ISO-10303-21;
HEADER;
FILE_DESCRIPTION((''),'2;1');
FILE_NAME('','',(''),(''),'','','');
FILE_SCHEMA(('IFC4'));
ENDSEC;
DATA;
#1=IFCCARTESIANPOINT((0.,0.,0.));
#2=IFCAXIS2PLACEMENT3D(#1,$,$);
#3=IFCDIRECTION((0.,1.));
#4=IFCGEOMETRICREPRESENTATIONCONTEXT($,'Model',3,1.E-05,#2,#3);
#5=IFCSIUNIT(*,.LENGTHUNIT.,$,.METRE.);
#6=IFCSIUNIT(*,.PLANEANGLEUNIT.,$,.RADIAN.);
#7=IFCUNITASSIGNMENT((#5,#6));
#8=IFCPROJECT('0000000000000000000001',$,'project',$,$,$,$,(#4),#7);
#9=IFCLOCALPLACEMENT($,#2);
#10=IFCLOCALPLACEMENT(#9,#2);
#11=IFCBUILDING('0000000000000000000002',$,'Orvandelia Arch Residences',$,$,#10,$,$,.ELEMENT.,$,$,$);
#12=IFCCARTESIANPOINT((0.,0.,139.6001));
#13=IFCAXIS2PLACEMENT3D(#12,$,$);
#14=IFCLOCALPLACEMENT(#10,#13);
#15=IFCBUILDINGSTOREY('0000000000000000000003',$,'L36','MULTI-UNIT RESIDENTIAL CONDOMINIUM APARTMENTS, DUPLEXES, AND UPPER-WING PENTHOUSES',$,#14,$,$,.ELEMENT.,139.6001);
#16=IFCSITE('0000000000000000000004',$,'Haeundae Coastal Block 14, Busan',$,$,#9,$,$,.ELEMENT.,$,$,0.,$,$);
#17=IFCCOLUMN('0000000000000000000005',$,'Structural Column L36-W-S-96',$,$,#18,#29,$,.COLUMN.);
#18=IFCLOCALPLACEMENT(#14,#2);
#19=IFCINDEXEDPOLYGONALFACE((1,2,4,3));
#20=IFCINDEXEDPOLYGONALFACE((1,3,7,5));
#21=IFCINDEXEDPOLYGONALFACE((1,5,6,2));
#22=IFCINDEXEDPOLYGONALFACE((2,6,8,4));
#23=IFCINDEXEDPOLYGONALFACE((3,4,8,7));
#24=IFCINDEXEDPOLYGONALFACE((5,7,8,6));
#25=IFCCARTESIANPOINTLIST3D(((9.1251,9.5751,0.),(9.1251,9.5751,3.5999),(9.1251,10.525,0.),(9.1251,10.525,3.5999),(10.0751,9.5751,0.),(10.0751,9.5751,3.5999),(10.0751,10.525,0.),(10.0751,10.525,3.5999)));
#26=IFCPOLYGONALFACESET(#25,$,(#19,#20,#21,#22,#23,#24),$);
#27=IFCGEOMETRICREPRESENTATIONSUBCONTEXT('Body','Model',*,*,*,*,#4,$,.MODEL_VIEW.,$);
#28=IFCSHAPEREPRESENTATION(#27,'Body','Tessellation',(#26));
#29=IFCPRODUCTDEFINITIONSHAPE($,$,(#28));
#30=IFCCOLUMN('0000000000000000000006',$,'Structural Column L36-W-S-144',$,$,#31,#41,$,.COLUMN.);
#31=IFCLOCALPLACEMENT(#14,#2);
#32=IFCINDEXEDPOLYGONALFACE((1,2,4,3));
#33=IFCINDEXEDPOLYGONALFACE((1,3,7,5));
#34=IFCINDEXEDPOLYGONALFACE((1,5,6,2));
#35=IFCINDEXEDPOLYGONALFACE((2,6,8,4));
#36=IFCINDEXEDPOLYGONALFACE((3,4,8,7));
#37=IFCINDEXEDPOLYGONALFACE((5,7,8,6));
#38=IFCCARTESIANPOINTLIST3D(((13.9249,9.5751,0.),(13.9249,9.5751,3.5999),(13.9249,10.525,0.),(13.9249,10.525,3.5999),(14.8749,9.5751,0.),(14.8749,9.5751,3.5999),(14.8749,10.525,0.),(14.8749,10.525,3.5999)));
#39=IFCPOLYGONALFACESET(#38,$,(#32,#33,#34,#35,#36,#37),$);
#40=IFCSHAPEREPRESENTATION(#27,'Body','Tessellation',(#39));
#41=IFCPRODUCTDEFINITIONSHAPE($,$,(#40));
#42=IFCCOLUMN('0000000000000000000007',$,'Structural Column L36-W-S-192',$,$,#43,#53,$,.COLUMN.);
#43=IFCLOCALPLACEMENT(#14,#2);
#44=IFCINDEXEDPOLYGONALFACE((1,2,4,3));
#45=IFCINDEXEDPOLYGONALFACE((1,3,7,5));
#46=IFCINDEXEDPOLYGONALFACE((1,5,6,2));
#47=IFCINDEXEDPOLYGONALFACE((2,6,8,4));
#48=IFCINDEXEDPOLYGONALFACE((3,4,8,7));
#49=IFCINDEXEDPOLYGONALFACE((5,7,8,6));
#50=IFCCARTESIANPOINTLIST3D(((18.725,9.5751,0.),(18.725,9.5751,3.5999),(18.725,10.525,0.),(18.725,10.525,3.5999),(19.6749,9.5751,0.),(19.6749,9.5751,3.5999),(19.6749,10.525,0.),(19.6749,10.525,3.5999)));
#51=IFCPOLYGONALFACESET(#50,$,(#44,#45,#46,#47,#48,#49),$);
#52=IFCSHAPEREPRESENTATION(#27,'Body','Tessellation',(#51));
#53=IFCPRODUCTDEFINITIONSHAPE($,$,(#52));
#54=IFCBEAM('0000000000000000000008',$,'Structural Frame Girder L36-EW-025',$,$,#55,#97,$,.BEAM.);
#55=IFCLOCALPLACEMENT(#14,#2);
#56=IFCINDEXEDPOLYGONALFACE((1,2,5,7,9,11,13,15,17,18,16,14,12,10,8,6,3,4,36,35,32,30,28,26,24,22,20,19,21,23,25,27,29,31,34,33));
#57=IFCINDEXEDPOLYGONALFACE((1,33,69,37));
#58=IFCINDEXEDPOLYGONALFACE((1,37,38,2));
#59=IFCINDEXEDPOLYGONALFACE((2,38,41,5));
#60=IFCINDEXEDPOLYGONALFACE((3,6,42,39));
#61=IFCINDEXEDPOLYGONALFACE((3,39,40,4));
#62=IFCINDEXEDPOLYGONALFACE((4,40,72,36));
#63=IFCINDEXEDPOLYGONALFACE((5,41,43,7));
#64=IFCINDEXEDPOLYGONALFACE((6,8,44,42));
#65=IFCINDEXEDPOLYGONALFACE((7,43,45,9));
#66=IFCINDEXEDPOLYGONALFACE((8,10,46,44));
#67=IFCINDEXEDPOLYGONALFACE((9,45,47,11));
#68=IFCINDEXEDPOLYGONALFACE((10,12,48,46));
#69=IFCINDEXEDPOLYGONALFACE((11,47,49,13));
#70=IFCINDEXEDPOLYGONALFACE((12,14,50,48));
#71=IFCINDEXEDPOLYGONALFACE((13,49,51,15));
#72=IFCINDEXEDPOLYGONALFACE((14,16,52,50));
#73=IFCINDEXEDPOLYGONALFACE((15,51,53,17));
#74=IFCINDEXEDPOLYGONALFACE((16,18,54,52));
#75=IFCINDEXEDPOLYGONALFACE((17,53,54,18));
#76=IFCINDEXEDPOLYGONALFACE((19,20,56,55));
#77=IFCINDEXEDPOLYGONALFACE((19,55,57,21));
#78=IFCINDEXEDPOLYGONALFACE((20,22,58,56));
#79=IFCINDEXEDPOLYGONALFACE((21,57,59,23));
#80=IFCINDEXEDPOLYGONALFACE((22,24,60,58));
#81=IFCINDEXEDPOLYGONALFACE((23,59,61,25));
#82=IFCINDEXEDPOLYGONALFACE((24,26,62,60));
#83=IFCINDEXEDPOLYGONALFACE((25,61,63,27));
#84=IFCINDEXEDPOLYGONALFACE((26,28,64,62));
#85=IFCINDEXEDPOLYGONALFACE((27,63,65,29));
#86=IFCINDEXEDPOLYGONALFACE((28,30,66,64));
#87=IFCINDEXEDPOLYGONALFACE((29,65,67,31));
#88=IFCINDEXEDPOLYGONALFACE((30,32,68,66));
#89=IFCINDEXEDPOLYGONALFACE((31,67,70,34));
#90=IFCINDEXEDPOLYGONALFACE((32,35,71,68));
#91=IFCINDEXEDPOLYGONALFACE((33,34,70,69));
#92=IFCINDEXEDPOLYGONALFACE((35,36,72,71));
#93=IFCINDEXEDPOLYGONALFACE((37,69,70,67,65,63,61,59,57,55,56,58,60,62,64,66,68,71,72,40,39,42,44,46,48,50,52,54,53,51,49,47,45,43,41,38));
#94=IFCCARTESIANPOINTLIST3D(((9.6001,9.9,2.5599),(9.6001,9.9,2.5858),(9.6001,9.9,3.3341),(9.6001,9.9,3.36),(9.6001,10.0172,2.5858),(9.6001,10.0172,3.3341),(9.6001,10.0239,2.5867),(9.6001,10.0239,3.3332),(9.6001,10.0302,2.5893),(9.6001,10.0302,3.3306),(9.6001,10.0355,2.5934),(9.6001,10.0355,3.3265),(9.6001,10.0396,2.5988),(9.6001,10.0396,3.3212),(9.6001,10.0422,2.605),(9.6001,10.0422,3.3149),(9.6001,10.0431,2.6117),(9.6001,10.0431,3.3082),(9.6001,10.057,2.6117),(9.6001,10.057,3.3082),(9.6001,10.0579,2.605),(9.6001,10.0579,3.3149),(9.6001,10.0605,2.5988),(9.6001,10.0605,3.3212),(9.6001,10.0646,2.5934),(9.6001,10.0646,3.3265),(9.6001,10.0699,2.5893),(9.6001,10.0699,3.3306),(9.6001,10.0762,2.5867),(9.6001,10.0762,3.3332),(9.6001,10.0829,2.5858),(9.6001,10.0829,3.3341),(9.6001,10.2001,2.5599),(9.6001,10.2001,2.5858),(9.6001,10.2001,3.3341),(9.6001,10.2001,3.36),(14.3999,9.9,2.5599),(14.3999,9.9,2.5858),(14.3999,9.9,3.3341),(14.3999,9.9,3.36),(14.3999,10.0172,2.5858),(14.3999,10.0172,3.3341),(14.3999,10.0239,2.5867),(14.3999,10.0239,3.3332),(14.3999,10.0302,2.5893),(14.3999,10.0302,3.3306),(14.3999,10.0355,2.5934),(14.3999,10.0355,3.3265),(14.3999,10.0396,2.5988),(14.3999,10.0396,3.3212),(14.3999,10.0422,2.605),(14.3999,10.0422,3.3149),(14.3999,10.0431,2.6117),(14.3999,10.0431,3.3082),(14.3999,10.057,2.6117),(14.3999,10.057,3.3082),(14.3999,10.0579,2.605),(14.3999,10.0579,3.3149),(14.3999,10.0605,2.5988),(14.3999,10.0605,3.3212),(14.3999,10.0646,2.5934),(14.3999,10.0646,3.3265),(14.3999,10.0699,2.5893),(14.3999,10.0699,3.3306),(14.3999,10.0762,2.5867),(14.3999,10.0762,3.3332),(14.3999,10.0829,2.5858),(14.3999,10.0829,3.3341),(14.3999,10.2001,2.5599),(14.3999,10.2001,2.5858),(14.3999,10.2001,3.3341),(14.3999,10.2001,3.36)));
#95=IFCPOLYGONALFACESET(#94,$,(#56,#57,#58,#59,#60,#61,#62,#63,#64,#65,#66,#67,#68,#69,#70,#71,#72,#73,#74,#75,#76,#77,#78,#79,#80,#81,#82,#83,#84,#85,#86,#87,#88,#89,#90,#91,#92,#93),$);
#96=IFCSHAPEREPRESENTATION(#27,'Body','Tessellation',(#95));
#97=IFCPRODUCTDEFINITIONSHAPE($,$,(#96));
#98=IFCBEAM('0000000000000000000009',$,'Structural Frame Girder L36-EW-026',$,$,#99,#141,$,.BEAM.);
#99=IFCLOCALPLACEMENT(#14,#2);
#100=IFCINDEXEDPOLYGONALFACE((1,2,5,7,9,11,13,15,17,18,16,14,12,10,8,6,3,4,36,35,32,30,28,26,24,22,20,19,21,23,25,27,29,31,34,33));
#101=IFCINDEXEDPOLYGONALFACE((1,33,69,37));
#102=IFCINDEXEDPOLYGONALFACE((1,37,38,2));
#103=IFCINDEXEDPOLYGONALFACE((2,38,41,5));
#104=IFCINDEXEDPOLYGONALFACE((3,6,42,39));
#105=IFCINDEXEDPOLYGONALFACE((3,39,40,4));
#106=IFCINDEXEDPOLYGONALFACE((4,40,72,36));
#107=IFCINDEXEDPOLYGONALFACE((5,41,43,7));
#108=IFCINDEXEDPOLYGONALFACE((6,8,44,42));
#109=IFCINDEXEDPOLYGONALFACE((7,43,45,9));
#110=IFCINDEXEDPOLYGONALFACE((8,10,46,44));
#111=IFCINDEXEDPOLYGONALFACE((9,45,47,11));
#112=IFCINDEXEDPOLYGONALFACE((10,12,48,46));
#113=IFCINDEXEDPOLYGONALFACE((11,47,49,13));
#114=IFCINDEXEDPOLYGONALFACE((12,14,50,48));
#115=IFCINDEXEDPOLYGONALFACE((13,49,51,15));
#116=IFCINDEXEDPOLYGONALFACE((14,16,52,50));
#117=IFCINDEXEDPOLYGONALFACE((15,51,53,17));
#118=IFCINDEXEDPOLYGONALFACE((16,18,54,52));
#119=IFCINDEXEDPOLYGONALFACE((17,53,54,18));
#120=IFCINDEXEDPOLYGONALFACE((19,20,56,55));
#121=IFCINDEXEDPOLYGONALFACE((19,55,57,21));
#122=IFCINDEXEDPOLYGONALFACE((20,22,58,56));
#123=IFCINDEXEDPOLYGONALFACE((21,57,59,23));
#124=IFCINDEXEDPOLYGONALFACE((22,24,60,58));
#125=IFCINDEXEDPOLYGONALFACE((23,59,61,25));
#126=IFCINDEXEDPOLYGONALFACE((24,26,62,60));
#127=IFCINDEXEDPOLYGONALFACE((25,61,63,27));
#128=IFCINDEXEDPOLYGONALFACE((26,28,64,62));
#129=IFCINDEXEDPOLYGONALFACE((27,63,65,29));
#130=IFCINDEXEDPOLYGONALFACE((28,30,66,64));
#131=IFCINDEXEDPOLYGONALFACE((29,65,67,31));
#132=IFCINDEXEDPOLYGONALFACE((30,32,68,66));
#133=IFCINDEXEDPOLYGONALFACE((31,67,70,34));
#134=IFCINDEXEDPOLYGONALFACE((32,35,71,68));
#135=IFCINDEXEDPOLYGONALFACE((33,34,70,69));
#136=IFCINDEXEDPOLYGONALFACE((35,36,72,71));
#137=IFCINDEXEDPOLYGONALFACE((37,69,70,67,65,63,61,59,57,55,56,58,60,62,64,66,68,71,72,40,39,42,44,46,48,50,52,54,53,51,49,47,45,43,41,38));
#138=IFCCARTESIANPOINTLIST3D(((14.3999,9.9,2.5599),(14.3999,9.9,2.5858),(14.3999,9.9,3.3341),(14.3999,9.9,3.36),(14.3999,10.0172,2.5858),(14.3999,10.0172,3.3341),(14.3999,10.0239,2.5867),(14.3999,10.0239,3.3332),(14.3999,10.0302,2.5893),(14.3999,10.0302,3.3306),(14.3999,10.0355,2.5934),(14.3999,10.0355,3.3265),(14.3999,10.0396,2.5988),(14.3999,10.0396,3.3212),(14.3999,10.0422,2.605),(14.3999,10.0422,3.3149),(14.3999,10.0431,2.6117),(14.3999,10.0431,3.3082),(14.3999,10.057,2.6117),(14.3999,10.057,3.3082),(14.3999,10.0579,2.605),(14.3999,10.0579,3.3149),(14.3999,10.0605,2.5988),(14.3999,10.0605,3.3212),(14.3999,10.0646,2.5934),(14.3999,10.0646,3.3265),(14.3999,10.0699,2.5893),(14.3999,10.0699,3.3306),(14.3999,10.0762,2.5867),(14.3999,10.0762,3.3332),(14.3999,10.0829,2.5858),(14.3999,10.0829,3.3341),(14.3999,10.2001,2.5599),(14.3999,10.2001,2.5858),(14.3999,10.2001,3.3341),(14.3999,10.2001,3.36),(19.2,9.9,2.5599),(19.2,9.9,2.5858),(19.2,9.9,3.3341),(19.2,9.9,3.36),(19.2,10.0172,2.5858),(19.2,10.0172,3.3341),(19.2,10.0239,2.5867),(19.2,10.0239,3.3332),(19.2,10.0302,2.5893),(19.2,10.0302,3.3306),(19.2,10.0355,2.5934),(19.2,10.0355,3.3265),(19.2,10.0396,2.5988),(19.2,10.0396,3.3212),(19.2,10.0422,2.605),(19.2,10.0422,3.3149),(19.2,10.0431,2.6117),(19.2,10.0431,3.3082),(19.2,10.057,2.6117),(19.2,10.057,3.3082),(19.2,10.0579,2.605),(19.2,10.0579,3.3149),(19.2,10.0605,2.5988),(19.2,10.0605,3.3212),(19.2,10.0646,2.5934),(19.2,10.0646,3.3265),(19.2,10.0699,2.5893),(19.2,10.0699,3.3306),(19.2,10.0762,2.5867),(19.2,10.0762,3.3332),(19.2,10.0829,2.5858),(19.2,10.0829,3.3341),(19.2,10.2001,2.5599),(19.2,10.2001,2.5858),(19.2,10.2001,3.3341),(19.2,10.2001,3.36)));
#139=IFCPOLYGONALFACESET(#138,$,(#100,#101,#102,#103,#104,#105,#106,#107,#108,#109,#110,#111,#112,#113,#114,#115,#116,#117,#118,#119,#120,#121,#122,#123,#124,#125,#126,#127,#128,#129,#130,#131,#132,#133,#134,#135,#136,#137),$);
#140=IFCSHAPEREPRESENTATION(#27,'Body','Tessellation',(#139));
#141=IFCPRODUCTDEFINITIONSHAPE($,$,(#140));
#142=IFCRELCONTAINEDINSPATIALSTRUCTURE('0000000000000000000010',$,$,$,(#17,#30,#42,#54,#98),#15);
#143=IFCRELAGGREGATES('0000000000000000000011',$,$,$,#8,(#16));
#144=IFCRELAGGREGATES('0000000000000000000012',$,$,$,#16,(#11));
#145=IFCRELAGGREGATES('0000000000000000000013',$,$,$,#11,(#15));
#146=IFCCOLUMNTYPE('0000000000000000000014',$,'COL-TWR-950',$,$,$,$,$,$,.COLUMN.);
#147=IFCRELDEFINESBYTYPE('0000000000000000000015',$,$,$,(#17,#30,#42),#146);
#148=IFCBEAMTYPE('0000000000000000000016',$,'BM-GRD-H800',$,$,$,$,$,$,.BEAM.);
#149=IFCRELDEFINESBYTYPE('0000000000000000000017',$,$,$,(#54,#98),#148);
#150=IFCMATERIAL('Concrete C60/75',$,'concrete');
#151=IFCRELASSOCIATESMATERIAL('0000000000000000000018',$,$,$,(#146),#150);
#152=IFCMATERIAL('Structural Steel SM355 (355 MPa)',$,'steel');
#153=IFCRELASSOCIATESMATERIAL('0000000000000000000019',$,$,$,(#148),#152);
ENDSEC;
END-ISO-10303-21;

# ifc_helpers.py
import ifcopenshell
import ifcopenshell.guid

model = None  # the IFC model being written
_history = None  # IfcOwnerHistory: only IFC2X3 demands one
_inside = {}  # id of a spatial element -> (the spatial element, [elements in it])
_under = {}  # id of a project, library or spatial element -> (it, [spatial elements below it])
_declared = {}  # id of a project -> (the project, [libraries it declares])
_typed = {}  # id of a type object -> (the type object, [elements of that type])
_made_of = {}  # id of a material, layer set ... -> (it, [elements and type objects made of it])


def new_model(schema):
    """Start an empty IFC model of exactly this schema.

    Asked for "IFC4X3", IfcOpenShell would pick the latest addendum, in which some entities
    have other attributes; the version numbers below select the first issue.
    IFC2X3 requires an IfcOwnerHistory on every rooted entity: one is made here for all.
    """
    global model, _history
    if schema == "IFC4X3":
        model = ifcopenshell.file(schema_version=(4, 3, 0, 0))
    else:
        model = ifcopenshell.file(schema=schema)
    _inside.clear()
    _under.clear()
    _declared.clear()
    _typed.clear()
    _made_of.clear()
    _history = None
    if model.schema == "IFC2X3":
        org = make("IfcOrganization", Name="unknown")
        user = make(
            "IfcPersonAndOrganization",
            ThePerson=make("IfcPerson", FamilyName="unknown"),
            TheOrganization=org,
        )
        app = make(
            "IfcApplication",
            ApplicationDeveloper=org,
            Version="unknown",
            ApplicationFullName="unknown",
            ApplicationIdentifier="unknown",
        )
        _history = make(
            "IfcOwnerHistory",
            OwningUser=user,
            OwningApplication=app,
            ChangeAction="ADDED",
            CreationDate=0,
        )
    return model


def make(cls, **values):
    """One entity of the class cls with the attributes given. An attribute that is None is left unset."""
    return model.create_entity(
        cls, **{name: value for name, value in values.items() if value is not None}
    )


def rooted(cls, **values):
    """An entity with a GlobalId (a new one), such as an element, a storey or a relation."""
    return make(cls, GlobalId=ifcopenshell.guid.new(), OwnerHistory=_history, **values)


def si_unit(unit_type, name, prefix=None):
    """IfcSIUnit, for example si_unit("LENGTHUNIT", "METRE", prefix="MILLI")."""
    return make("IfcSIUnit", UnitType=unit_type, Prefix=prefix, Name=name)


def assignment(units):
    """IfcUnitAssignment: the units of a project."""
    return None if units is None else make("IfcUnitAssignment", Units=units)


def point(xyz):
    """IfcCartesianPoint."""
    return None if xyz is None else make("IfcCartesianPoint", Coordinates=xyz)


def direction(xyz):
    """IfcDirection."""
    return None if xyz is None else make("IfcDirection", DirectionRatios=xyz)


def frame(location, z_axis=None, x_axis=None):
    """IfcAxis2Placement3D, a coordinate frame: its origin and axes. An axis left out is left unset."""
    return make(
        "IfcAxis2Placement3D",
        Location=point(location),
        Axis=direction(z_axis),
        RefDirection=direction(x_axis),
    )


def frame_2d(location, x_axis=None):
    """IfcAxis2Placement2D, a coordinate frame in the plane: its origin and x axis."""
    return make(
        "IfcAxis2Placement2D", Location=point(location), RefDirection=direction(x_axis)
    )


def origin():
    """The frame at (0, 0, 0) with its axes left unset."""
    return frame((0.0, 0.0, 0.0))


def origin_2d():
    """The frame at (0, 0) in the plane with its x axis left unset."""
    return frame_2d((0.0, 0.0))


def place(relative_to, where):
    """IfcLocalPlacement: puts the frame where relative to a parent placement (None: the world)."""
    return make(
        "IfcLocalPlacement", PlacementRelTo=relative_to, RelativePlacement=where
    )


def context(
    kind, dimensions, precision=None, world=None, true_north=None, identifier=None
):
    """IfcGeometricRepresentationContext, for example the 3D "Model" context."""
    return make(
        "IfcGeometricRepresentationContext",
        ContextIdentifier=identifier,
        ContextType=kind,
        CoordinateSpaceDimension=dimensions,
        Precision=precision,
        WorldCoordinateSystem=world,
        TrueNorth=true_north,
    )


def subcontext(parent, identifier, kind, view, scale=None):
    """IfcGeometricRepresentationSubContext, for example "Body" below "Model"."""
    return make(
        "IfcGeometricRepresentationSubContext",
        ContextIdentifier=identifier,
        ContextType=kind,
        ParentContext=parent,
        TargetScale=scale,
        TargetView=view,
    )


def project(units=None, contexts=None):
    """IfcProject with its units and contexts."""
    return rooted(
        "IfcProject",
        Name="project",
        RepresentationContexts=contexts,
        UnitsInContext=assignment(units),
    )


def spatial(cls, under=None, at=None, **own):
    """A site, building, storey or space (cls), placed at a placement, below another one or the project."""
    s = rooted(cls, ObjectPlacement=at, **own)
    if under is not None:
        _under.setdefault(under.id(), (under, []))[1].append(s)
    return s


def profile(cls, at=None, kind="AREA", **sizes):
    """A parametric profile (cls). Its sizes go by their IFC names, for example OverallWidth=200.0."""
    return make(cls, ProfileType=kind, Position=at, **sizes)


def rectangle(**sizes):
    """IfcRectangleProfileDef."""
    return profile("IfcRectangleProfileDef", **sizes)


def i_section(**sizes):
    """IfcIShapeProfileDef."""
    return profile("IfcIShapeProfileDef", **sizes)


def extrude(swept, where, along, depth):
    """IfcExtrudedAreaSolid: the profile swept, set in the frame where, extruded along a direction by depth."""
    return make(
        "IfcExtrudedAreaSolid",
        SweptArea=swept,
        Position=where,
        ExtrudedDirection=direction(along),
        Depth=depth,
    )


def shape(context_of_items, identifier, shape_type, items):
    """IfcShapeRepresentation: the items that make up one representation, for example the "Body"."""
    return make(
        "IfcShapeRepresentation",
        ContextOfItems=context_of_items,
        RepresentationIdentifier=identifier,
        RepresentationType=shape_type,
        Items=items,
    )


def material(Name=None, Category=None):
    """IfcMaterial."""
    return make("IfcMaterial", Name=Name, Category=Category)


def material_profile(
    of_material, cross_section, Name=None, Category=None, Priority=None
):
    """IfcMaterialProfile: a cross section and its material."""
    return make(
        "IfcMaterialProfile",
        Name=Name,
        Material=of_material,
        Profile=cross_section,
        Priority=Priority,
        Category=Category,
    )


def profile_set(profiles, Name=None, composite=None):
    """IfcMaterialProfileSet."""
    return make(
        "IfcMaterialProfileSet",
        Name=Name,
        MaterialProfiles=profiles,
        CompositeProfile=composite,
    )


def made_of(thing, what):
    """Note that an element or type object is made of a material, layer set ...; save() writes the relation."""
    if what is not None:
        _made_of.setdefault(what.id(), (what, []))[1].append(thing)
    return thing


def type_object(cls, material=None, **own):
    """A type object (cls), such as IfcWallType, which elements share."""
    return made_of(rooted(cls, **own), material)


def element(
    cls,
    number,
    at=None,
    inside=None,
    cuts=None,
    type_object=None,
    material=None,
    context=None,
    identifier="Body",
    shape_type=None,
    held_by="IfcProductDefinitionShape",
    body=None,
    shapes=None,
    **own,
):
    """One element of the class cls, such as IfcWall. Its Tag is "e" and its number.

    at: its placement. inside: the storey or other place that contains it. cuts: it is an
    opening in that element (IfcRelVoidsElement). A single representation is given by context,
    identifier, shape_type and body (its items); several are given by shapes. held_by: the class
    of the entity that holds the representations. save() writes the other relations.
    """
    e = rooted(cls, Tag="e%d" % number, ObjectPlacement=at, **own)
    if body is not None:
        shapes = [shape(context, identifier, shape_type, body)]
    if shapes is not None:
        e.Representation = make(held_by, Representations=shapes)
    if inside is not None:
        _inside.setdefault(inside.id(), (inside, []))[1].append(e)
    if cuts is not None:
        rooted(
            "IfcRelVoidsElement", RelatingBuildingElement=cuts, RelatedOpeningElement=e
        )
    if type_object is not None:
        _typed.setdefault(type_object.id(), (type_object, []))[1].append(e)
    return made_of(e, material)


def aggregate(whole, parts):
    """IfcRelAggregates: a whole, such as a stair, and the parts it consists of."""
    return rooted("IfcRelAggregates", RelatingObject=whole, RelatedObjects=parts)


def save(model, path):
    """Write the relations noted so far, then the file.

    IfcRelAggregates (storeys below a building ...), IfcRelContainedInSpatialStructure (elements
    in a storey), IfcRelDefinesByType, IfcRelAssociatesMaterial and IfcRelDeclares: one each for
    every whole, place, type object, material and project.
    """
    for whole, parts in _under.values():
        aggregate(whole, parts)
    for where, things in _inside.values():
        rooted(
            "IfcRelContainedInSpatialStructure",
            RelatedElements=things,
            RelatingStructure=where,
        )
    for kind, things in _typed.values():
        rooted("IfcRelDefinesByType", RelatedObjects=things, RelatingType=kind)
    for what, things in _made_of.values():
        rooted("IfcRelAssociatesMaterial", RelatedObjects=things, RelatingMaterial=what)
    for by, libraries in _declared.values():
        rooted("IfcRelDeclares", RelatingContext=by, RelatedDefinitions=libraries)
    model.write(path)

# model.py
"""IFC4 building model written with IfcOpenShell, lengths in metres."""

from ifc_helpers import new_model, si_unit, direction, frame, origin, origin_2d, place, context, subcontext, project, spatial, rectangle, i_section, extrude, material, material_profile, profile_set, type_object, element, save


model = new_model("IFC4")

# Units and contexts
model_context = context("Model", 3, precision=1e-05, world=origin(), true_north=direction((0.0, 1.0)))
body_context = subcontext(model_context, "Body", "Model", "MODEL_VIEW")
ifc_project = project(units=[si_unit("LENGTHUNIT", "METRE"), si_unit("PLANEANGLEUNIT", "RADIAN")], contexts=[model_context])

# Site, building, storey
site_placement = place(None, origin())
site = spatial("IfcSite", under=ifc_project, at=site_placement, Name="Haeundae Coastal Block 14, Busan", CompositionType="ELEMENT", RefElevation=0.0)
building_placement = place(site_placement, origin())
building = spatial("IfcBuilding", under=site, at=building_placement, Name="Orvandelia Arch Residences", CompositionType="ELEMENT")
storey_placement = place(building_placement, frame((0.0, 0.0, 139.6001)))
storey = spatial("IfcBuildingStorey", under=building, at=storey_placement, Name="L36", Description="MULTI-UNIT RESIDENTIAL CONDOMINIUM APARTMENTS, DUPLEXES, AND UPPER-WING PENTHOUSES", CompositionType="ELEMENT", Elevation=139.6001)

# Columns
ifc_material_1 = material(Name="Concrete C60/75", Category="concrete")
ifc_material_profile_1 = material_profile(ifc_material_1, rectangle(XDim=0.95, YDim=0.95, at=origin_2d()), Name="Concrete C60/75", Category="concrete")
ifc_profile_set_1 = profile_set([ifc_material_profile_1], Name="Concrete C60/75")
column_type = type_object("IfcColumnType", Name="COL-TWR-950", PredefinedType="COLUMN", material=ifc_profile_set_1)
for number, where, z_axis, x_axis, name in (
    (1, (9.6001, 10.05, 0.0), (0.0, 0.0, 1.0), (1.0, 0.0, 0.0), "Structural Column L36-W-S-96"),
    (2, (14.3999, 10.05, 0.0), (0.0, 0.0, 1.0), (1.0, 0.0, 0.0), "Structural Column L36-W-S-144"),
    (3, (19.2, 10.05, 0.0), (0.0, 0.0, 1.0), (1.0, 0.0, 0.0), "Structural Column L36-W-S-192"),
):
    element("IfcColumn", number, at=place(storey_placement, frame(where, z_axis=z_axis, x_axis=x_axis)), inside=storey, type_object=column_type, Name=name, PredefinedType="COLUMN", context=body_context, shape_type="SweptSolid", body=[
        extrude(rectangle(XDim=0.95, YDim=0.95, at=origin_2d()), origin(), (0.0, 0.0, 1.0), 3.5999),
    ])

# Beams
ifc_material_2 = material(Name="Structural Steel SM355 (355 MPa)", Category="steel")
ifc_material_profile_2 = material_profile(ifc_material_2, i_section(OverallWidth=0.3, OverallDepth=0.8, WebThickness=0.0139, FlangeThickness=0.0259, FilletRadius=0.0259, at=origin_2d()), Name="Structural Steel SM355 (355 MPa)", Category="steel")
ifc_profile_set_2 = profile_set([ifc_material_profile_2], Name="Structural Steel SM355 (355 MPa)")
beam_type = type_object("IfcBeamType", Name="BM-GRD-H800", PredefinedType="BEAM", material=ifc_profile_set_2)
beam_1_placement = place(storey_placement, frame((9.6001, 10.05, 2.96), z_axis=(1.0, 0.0, 0.0), x_axis=(0.0, 1.0, 0.0)))
element("IfcBeam", 4, at=beam_1_placement, inside=storey, type_object=beam_type, Name="Structural Frame Girder L36-EW-025", PredefinedType="BEAM", context=body_context, shape_type="SweptSolid", body=[
    extrude(i_section(OverallWidth=0.3, OverallDepth=0.8, WebThickness=0.0139, FlangeThickness=0.0259, FilletRadius=0.0259, at=origin_2d()), origin(), (0.0, 0.0, 1.0), 4.7998),
])
beam_2_placement = place(storey_placement, frame((14.3999, 10.05, 2.96), z_axis=(1.0, 0.0, 0.0), x_axis=(0.0, 1.0, 0.0)))
element("IfcBeam", 5, at=beam_2_placement, inside=storey, type_object=beam_type, Name="Structural Frame Girder L36-EW-026", PredefinedType="BEAM", context=body_context, shape_type="SweptSolid", body=[
    extrude(i_section(OverallWidth=0.3, OverallDepth=0.8, WebThickness=0.0139, FlangeThickness=0.0259, FilletRadius=0.0259, at=origin_2d()), origin(), (0.0, 0.0, 1.0), 4.8),
])

save(model, "model.ifc")
